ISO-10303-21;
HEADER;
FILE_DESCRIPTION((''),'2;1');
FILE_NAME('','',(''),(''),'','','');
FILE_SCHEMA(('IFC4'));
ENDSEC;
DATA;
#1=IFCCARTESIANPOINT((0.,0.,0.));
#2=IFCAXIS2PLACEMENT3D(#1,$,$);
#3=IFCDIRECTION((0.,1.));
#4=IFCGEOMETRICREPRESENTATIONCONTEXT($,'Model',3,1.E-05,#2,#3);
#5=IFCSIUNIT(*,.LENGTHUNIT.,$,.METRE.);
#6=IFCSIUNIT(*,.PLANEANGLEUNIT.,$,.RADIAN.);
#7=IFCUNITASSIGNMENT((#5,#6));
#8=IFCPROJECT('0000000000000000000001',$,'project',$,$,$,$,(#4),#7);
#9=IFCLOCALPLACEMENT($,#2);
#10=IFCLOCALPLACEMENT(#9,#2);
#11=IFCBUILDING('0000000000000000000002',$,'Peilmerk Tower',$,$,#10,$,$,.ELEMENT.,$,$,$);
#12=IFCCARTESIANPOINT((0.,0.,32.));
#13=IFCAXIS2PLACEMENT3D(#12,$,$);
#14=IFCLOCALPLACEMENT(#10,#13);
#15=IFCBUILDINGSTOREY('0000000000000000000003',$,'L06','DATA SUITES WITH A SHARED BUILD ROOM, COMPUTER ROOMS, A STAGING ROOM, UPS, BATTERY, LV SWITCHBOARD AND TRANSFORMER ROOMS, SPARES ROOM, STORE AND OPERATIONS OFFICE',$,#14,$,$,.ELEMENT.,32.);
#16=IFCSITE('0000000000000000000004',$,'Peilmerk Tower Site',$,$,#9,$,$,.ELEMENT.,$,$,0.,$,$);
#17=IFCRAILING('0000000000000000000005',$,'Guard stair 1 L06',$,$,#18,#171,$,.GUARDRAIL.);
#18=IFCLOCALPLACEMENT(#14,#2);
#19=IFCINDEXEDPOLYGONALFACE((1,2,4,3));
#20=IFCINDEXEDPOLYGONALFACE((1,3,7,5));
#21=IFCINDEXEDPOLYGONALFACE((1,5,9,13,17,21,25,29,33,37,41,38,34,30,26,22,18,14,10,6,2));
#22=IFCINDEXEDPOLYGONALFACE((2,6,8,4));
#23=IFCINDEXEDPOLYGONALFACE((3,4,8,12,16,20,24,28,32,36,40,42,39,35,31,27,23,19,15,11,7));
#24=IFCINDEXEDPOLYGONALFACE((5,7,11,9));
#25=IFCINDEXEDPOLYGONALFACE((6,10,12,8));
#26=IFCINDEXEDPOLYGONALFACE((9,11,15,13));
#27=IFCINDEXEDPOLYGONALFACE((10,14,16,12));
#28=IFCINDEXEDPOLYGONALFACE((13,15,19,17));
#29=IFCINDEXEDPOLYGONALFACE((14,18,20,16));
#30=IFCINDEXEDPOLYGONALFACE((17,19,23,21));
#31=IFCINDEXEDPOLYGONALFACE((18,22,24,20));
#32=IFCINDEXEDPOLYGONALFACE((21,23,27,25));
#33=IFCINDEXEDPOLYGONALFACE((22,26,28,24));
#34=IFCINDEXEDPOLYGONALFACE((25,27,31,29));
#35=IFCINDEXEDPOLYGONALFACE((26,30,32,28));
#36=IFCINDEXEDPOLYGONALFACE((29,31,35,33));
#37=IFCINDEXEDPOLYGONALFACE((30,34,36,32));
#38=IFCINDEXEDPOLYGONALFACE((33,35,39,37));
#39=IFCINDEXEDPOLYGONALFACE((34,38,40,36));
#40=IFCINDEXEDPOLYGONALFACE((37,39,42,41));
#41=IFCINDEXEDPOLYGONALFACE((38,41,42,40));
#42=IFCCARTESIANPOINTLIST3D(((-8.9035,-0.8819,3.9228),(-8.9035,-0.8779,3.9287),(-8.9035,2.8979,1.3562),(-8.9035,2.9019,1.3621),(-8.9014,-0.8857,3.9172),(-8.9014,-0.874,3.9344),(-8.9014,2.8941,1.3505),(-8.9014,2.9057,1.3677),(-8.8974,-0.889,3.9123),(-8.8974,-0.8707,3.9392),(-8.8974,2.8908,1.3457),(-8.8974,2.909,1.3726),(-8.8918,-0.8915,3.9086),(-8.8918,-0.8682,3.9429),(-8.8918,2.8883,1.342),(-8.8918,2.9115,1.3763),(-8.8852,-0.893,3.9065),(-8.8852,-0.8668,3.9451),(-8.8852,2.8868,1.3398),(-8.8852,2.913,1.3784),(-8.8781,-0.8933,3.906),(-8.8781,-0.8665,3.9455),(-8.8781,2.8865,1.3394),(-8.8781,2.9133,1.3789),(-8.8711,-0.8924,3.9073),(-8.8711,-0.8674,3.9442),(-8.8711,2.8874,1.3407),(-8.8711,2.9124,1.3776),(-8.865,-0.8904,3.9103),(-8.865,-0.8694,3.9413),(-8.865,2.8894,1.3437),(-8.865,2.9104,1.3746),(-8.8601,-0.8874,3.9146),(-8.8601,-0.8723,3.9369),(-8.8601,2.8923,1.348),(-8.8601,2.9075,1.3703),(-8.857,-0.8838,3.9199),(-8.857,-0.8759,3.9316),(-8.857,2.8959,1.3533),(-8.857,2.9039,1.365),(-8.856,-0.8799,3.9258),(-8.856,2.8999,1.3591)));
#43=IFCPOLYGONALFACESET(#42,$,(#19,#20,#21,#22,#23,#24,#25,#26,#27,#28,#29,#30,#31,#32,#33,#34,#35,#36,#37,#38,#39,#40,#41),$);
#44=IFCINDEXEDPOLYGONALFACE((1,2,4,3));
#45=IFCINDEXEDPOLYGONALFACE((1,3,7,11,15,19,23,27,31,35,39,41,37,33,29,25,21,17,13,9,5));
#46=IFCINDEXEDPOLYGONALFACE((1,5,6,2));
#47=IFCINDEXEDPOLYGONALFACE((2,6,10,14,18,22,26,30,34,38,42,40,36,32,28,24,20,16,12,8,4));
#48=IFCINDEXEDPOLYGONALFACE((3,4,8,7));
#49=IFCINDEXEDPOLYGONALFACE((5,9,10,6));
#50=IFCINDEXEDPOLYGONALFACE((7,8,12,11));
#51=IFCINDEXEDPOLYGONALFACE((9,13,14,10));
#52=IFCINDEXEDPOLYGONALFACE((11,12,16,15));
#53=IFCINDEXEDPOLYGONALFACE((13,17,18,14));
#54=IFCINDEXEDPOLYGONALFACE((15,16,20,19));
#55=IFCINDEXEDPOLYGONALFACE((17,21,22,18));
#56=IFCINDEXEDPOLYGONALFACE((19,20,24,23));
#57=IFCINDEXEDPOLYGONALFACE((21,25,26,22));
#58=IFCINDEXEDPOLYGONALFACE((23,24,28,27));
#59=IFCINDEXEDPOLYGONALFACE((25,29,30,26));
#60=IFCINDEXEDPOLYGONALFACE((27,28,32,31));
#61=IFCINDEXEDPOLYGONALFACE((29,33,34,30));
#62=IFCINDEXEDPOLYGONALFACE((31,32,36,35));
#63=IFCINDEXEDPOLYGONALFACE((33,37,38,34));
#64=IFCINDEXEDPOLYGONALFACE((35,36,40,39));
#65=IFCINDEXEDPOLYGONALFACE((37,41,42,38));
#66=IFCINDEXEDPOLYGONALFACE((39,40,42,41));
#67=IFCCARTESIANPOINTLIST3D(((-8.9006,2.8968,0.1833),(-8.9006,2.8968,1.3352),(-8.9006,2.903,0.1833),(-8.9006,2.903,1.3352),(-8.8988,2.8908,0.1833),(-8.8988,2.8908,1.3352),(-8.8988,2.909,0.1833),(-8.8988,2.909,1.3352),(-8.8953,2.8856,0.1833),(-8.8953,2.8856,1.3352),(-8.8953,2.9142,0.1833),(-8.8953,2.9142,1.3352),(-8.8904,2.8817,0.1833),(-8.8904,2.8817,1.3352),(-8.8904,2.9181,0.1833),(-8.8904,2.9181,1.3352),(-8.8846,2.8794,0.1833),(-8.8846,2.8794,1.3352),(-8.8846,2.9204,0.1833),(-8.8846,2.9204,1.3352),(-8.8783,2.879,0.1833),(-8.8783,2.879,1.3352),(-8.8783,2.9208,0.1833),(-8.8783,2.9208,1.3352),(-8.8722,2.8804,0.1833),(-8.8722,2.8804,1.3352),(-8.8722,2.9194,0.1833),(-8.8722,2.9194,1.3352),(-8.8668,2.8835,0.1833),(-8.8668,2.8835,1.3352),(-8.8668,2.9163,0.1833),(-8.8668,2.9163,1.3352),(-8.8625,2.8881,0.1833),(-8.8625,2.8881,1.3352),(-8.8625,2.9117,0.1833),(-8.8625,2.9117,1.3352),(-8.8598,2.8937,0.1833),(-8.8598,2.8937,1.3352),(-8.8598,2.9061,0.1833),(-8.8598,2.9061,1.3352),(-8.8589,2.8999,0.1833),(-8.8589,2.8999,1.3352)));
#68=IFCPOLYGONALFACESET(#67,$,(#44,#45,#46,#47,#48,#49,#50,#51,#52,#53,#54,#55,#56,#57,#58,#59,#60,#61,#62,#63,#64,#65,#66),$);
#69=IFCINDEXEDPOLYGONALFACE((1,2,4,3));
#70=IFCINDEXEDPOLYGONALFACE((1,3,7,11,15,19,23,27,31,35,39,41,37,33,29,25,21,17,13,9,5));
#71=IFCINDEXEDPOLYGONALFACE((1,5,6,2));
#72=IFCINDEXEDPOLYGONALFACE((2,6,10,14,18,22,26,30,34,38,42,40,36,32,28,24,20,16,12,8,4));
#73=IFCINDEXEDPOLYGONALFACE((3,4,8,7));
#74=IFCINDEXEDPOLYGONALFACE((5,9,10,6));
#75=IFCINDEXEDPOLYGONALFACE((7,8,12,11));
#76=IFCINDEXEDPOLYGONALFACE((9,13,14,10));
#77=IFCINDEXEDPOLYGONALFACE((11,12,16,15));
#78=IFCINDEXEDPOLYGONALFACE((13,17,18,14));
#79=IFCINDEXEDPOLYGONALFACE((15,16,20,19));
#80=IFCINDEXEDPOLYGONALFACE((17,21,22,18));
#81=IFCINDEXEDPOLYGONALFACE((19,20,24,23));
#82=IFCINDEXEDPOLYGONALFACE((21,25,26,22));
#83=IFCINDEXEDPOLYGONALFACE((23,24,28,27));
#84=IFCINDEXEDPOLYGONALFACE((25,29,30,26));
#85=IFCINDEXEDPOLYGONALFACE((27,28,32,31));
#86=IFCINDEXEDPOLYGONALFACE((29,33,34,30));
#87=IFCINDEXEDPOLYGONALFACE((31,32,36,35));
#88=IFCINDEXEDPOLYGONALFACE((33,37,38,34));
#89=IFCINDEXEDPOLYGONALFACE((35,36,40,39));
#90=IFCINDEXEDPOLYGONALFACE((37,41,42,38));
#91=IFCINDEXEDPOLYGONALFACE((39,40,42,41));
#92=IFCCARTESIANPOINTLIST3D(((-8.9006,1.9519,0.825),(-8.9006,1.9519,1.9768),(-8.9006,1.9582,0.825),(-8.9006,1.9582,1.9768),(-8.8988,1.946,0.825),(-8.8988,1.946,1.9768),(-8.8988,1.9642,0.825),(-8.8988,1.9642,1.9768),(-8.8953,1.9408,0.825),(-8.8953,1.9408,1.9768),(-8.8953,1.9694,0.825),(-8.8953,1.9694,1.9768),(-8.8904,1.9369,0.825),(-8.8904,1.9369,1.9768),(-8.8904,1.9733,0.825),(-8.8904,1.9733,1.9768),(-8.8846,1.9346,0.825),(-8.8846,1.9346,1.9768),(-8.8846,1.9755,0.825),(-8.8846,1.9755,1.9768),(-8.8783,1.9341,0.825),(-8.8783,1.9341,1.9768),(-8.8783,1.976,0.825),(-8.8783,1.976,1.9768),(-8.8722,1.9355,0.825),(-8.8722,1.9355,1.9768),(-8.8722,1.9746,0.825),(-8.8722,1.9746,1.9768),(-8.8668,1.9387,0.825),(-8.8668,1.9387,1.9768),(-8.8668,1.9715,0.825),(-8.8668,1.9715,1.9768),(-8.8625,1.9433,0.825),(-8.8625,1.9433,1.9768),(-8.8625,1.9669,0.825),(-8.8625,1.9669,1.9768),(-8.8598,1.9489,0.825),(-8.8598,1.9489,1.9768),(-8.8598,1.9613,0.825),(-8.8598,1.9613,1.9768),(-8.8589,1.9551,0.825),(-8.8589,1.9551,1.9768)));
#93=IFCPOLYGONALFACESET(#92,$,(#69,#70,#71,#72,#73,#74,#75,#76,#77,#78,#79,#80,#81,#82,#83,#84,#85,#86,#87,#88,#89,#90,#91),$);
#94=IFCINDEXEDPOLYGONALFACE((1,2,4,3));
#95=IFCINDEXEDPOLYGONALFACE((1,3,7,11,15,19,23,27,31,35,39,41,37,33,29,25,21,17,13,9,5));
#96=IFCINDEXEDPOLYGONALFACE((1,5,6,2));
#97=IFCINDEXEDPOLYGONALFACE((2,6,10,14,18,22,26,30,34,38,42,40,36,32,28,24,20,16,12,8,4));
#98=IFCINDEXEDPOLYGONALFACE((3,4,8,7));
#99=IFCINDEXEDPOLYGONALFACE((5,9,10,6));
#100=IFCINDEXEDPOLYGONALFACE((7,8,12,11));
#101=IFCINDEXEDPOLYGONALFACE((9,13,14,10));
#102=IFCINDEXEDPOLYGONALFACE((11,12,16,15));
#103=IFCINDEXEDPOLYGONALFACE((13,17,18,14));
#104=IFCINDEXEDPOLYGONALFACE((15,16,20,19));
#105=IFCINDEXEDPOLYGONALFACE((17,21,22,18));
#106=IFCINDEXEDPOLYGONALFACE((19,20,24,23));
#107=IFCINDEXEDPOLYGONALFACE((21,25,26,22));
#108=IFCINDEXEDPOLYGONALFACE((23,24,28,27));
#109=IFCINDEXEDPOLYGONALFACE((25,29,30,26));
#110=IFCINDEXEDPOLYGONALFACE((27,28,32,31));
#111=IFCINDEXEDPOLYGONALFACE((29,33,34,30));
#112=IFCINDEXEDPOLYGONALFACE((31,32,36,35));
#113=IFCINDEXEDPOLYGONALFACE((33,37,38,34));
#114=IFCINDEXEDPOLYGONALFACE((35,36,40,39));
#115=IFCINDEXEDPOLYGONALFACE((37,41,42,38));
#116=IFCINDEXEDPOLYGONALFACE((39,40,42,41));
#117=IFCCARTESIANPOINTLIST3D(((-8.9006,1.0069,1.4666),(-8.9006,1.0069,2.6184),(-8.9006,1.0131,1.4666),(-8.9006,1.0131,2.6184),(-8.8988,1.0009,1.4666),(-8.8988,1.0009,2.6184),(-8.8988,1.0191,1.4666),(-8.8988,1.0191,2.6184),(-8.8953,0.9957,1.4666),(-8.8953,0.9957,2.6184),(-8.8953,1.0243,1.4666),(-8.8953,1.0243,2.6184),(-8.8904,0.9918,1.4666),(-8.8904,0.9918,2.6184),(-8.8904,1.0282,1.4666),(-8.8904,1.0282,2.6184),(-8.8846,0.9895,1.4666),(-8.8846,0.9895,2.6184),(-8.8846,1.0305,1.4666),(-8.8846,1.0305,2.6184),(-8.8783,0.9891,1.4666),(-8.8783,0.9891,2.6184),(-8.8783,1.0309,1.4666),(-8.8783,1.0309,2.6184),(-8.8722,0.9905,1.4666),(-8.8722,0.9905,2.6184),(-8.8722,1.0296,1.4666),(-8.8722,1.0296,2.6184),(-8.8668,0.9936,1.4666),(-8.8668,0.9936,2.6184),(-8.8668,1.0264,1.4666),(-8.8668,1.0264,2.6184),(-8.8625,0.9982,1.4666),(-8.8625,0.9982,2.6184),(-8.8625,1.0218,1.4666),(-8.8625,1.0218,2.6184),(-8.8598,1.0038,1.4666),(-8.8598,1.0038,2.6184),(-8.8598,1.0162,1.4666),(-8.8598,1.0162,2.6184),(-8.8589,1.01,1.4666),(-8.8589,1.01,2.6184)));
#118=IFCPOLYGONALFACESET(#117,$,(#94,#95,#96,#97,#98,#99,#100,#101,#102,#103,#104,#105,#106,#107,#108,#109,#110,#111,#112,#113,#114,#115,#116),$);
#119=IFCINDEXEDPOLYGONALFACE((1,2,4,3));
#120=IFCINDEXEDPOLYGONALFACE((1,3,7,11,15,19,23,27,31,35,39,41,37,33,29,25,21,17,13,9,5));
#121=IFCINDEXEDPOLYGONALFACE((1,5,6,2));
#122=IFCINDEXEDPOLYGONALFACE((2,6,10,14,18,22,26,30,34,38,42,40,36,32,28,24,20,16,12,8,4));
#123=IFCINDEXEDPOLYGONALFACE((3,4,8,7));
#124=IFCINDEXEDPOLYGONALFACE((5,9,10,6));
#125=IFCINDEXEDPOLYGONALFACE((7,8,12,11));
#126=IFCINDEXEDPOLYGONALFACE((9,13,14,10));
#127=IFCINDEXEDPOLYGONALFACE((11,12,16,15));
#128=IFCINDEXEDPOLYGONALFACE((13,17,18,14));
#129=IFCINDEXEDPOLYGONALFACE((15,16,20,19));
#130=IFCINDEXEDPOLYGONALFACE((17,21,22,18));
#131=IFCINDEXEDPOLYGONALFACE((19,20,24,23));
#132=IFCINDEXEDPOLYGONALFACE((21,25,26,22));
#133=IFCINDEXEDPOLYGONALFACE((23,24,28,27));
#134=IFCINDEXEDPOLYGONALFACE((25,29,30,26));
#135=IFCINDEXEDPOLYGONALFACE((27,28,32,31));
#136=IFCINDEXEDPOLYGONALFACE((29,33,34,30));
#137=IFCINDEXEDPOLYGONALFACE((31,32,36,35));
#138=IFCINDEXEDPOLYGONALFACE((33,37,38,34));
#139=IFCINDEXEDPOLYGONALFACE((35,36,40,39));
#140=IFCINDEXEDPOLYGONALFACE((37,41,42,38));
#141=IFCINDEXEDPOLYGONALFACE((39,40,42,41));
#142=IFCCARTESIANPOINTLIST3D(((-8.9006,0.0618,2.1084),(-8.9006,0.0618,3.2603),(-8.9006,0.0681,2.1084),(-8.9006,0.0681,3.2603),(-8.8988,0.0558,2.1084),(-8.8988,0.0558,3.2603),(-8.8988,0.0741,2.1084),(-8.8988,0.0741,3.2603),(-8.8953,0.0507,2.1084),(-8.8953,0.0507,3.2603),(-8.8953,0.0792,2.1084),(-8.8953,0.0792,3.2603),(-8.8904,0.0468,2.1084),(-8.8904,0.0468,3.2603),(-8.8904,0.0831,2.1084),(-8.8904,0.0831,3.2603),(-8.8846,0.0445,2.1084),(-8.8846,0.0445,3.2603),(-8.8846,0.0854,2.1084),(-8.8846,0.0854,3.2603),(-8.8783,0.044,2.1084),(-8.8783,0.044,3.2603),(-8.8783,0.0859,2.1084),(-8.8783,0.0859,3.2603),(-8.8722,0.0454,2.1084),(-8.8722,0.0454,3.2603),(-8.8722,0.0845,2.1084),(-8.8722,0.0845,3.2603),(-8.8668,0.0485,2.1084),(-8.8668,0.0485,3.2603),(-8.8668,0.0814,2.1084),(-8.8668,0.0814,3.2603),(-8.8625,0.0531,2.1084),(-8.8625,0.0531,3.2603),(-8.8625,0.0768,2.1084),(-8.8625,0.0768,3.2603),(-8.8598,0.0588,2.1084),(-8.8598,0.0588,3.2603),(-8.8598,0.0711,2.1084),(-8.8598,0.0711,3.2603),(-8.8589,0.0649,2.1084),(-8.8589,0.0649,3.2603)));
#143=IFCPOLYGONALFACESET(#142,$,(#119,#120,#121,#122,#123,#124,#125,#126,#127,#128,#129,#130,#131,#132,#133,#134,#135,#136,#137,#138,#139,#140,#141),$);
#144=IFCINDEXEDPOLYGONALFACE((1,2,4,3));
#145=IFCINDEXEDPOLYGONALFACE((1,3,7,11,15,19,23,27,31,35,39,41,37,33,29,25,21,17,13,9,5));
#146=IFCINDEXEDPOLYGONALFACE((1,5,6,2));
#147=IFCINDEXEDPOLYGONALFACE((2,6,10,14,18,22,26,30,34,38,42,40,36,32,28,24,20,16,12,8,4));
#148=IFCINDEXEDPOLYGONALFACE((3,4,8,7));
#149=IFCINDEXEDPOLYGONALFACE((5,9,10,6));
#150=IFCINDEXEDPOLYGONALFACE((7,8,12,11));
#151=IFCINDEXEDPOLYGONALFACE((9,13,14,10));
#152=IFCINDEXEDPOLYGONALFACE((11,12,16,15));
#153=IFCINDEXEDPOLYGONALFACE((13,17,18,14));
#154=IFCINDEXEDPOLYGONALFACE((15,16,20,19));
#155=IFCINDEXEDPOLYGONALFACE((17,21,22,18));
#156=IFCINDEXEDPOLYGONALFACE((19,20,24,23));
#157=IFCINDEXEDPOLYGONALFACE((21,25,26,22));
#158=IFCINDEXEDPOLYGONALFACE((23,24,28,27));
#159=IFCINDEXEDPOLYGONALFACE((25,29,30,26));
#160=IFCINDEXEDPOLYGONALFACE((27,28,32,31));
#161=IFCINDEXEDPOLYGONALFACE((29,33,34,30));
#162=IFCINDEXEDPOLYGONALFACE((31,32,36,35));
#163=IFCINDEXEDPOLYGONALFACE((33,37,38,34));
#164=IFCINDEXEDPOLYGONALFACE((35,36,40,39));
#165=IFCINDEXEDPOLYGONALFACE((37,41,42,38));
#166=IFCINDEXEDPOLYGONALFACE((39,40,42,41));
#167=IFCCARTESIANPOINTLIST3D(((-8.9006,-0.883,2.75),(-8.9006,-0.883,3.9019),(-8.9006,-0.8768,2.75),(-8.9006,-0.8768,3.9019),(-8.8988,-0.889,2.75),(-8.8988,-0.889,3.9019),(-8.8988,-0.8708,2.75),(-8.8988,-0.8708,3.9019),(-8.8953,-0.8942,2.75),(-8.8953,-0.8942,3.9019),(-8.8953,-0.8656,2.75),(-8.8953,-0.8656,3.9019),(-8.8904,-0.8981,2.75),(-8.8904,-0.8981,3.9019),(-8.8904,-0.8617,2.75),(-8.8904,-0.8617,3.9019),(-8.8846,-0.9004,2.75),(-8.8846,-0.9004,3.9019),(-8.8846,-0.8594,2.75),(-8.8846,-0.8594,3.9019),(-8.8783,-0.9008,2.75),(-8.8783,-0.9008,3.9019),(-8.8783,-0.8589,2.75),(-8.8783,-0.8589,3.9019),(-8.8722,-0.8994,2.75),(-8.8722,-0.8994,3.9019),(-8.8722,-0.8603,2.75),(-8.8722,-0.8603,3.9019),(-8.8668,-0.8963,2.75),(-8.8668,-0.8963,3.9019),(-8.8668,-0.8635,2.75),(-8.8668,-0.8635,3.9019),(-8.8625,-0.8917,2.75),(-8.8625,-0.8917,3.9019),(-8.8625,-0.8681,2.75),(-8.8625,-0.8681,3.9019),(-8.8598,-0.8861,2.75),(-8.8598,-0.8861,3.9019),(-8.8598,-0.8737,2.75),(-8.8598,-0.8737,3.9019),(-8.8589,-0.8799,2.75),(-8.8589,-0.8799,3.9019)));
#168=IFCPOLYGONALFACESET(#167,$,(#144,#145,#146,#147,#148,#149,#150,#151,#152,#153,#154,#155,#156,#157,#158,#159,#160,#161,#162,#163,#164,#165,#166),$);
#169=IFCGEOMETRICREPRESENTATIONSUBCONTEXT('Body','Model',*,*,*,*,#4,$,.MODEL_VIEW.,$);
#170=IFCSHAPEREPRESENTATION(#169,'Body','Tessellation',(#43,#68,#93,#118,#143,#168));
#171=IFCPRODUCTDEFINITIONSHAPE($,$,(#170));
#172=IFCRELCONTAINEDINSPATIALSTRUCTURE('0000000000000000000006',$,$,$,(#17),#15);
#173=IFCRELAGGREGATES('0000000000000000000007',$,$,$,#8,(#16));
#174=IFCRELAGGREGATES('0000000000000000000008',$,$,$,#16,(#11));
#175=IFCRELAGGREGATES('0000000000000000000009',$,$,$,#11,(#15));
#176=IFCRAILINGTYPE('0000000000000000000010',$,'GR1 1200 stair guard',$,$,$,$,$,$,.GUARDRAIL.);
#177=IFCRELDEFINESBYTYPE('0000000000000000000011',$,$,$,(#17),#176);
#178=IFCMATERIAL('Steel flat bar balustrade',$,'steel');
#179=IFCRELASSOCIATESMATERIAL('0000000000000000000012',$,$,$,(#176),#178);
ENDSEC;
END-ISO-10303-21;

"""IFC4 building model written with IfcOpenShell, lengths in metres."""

from ifc_helpers import new_model, si_unit, direction, frame, origin, origin_2d, place, context, subcontext, project, spatial, circle, extrude, material, type_object, element, save


model = new_model("IFC4")

# Units and contexts
model_context = context("Model", 3, precision=1e-05, world=origin(), true_north=direction((0.0, 1.0)))
body_context = subcontext(model_context, "Body", "Model", "MODEL_VIEW")
ifc_project = project(units=[si_unit("LENGTHUNIT", "METRE"), si_unit("PLANEANGLEUNIT", "RADIAN")], contexts=[model_context])

# Site, building, storey
site_placement = place(None, origin())
site = spatial("IfcSite", under=ifc_project, at=site_placement, Name="Peilmerk Tower Site", CompositionType="ELEMENT", RefElevation=0.0)
building_placement = place(site_placement, origin())
building = spatial("IfcBuilding", under=site, at=building_placement, Name="Peilmerk Tower", CompositionType="ELEMENT")
storey_placement = place(building_placement, frame((0.0, 0.0, 32.0)))
storey = spatial("IfcBuildingStorey", under=building, at=storey_placement, Name="L06", Description="DATA SUITES WITH A SHARED BUILD ROOM, COMPUTER ROOMS, A STAGING ROOM, UPS, BATTERY, LV SWITCHBOARD AND TRANSFORMER ROOMS, SPARES ROOM, STORE AND OPERATIONS OFFICE", CompositionType="ELEMENT", Elevation=32.0)

# Railing
ifc_material_1 = material(Name="Steel flat bar balustrade", Category="steel")
railing_type_1 = type_object("IfcRailingType", Name="GR1 1200 stair guard", PredefinedType="GUARDRAIL", material=ifc_material_1)
railing_1_placement = place(storey_placement, frame((-8.8799, 2.8999, 0.1833)))
element("IfcRailing", 1, at=railing_1_placement, inside=storey, type_object=railing_type_1, Name="Guard stair 1 L06", PredefinedType="GUARDRAIL", context=body_context, shape_type="SweptSolid", body=[
    extrude(circle(Radius=0.0239, at=origin_2d()), frame((0.0, 0.0, 1.1758), z_axis=(0.0, -0.827293, 0.561771), x_axis=(1.0, 0.0, 0.0)), (0.0, 0.0, 1.0), 4.5688),
    extrude(circle(Radius=0.021, at=origin_2d()), origin(), (0.0, 0.0, 1.0), 1.1519),
    extrude(circle(Radius=0.021, at=origin_2d()), frame((0.0, -0.9448, 0.6416)), (0.0, 0.0, 1.0), 1.1519),
    extrude(circle(Radius=0.021, at=origin_2d()), frame((0.0, -1.8899, 1.2832)), (0.0, 0.0, 1.0), 1.1519),
    extrude(circle(Radius=0.021, at=origin_2d()), frame((0.0, -2.835, 1.925)), (0.0, 0.0, 1.0), 1.1519),
    extrude(circle(Radius=0.021, at=origin_2d()), frame((0.0, -3.7798, 2.5667)), (0.0, 0.0, 1.0), 1.1519),
])

save(model, "model.ifc")
